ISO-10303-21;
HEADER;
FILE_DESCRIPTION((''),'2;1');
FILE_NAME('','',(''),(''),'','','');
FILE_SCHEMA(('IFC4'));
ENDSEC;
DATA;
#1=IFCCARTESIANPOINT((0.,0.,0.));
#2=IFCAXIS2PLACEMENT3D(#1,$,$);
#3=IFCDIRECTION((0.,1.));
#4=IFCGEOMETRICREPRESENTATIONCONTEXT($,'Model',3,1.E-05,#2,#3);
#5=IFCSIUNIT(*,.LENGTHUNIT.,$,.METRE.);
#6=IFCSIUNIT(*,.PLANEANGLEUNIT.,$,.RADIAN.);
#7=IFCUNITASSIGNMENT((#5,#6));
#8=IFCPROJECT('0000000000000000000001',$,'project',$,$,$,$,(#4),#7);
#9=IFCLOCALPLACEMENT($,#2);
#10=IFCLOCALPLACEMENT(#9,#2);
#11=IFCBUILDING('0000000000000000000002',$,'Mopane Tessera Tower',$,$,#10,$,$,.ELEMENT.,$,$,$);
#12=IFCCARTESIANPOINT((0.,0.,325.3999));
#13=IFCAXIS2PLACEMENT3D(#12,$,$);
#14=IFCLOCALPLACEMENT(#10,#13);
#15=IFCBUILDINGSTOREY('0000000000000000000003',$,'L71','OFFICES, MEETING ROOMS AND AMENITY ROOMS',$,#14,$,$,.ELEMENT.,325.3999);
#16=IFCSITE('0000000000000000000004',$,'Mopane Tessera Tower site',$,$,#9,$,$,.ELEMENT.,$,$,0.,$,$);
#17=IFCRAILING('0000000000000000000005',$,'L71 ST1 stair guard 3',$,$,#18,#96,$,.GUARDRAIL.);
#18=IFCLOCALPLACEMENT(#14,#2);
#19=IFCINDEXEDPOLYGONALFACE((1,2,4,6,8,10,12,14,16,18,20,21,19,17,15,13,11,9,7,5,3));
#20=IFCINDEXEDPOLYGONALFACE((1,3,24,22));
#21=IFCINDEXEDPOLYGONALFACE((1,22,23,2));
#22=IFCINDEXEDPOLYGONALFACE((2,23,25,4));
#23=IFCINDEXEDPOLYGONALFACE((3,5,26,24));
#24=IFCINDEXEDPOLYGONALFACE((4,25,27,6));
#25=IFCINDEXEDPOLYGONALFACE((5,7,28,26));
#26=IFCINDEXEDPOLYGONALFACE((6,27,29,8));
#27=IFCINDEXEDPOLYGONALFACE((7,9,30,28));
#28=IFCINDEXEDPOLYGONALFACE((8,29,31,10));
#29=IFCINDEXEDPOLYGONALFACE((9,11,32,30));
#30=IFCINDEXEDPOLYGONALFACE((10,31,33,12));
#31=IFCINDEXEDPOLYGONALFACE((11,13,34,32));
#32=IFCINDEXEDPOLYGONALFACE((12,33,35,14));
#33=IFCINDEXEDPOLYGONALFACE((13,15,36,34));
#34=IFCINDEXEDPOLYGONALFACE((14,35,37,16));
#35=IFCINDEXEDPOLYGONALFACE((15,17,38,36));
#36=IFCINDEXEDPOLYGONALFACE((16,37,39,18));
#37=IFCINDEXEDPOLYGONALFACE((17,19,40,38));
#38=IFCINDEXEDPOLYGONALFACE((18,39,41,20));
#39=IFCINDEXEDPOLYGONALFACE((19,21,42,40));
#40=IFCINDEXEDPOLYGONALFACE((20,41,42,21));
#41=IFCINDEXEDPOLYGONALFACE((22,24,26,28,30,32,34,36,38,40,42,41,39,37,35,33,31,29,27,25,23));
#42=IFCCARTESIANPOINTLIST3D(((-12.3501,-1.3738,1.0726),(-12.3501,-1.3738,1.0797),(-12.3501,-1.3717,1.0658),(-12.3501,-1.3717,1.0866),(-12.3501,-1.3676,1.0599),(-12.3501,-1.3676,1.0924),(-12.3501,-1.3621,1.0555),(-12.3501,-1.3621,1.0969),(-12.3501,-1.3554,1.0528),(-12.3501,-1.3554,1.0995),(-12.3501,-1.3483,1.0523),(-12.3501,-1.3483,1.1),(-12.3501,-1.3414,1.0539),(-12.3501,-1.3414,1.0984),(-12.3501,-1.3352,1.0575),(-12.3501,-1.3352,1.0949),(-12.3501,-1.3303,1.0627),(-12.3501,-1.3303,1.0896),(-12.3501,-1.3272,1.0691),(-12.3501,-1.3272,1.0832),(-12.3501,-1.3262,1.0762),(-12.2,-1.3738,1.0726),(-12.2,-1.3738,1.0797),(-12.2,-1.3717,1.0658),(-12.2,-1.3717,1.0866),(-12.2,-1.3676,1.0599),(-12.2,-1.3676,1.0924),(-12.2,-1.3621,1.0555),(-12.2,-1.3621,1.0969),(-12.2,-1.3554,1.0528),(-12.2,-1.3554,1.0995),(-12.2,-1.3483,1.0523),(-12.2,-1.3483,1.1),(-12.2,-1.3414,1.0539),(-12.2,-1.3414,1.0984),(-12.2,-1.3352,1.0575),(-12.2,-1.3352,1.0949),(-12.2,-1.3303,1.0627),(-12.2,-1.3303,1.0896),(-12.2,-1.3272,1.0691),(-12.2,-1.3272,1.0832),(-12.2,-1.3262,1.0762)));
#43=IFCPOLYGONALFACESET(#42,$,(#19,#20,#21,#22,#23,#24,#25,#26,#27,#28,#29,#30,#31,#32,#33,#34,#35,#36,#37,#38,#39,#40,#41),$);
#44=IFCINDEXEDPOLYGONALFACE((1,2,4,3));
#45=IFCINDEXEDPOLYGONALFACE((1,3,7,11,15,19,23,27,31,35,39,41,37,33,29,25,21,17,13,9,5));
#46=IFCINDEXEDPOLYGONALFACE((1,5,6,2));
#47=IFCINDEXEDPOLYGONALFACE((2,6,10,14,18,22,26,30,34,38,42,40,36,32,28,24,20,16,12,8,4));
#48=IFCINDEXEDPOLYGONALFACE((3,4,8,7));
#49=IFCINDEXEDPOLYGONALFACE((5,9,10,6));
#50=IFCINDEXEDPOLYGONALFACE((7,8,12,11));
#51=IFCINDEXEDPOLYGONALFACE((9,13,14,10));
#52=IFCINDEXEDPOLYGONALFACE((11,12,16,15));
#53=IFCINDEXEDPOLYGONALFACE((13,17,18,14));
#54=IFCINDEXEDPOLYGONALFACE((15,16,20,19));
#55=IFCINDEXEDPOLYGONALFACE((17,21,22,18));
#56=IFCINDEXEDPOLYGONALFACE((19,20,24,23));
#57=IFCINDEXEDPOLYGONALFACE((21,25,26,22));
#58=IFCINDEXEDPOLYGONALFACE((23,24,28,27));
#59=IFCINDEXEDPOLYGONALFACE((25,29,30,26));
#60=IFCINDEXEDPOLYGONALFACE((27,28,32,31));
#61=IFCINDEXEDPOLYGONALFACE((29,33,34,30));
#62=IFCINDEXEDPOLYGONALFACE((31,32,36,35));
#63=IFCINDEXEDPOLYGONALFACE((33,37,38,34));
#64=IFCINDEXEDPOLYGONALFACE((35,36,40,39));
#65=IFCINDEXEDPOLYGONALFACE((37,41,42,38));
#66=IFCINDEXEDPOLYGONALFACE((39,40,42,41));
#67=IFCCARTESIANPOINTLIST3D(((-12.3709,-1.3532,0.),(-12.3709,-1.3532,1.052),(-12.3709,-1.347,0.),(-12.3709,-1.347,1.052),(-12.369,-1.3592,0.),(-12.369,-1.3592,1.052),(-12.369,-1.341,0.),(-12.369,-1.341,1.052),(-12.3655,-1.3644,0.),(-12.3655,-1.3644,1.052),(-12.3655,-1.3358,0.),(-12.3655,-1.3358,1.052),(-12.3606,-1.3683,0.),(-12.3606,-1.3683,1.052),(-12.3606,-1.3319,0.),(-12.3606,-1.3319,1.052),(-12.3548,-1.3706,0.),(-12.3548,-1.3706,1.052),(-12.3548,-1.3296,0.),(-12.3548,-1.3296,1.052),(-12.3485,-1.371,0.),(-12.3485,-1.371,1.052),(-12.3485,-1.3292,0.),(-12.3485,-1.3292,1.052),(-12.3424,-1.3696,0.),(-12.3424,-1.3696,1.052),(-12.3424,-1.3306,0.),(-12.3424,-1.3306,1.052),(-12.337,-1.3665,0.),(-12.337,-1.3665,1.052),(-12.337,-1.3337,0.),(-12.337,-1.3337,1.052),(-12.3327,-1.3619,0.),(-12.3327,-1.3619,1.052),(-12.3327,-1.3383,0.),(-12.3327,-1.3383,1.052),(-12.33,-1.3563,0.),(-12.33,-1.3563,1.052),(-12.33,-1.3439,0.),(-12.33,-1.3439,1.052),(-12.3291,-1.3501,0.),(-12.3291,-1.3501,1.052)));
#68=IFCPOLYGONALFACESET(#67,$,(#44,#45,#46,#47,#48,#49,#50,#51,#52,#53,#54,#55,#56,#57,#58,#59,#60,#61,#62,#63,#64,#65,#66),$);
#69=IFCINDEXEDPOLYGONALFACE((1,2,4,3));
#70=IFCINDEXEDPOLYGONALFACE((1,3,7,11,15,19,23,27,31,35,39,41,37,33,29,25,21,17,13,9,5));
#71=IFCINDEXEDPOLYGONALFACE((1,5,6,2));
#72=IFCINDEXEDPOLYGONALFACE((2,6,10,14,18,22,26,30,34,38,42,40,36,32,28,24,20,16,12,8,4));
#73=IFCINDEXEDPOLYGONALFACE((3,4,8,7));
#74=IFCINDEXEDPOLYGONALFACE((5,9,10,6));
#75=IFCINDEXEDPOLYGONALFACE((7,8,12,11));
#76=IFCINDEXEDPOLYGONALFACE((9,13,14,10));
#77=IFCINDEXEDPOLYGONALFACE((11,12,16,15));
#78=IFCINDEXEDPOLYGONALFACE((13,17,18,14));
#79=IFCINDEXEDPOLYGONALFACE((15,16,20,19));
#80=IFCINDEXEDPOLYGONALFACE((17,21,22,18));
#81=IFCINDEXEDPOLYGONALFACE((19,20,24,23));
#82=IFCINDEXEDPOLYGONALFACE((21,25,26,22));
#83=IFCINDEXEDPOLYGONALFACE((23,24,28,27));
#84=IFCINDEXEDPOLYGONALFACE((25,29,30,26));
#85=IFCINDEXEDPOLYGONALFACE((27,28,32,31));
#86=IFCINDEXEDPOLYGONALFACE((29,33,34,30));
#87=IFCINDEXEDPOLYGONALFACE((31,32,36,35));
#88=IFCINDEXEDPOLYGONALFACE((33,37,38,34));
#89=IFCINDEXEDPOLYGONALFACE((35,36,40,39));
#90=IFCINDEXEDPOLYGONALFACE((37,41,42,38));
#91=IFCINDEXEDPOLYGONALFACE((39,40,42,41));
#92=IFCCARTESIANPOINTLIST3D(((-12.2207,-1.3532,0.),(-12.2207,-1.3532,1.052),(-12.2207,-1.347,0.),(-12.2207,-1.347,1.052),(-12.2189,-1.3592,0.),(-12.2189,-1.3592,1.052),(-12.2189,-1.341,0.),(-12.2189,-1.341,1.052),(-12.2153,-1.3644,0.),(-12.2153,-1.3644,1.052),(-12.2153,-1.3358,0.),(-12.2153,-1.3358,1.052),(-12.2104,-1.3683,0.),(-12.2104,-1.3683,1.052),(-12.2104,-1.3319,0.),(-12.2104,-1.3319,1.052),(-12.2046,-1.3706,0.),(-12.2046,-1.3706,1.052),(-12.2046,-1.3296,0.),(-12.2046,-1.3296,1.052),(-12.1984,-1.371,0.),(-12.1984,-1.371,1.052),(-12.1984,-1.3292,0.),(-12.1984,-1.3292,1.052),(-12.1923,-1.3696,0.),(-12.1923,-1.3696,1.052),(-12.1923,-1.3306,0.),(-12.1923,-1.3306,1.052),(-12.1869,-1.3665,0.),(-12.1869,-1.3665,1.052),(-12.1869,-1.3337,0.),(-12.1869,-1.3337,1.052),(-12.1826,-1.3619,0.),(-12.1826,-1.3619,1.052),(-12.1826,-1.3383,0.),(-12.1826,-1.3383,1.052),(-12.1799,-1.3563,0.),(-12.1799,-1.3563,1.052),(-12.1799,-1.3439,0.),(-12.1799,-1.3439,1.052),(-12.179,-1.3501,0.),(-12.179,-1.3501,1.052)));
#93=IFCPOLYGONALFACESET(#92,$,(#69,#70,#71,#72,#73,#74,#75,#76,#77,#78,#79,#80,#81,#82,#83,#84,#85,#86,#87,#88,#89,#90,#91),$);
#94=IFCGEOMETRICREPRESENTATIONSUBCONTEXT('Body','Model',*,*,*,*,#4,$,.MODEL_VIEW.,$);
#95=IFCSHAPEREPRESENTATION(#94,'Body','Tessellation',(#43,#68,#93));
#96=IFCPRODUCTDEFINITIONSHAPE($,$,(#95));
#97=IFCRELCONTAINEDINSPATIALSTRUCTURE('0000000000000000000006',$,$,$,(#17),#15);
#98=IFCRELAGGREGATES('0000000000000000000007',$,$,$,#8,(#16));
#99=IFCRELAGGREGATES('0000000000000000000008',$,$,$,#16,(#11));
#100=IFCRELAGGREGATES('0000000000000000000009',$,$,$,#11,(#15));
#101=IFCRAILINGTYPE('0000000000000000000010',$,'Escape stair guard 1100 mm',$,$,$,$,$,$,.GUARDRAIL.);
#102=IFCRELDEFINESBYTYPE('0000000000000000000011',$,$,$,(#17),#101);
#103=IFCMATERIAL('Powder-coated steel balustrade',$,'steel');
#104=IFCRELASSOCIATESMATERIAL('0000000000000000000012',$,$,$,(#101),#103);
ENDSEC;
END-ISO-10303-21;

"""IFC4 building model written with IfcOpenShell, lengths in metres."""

from ifc_helpers import new_model, si_unit, direction, frame, origin, origin_2d, place, context, subcontext, project, spatial, circle, extrude, material, type_object, element, save


model = new_model("IFC4")

# Units and contexts
model_context = context("Model", 3, precision=1e-05, world=origin(), true_north=direction((0.0, 1.0)))
body_context = subcontext(model_context, "Body", "Model", "MODEL_VIEW")
ifc_project = project(units=[si_unit("LENGTHUNIT", "METRE"), si_unit("PLANEANGLEUNIT", "RADIAN")], contexts=[model_context])

# Site, building, storey
site_placement = place(None, origin())
site = spatial("IfcSite", under=ifc_project, at=site_placement, Name="Mopane Tessera Tower site", CompositionType="ELEMENT", RefElevation=0.0)
building_placement = place(site_placement, origin())
building = spatial("IfcBuilding", under=site, at=building_placement, Name="Mopane Tessera Tower", CompositionType="ELEMENT")
storey_placement = place(building_placement, frame((0.0, 0.0, 325.3999)))
storey = spatial("IfcBuildingStorey", under=building, at=storey_placement, Name="L71", Description="OFFICES, MEETING ROOMS AND AMENITY ROOMS", CompositionType="ELEMENT", Elevation=325.3999)

# Railing
ifc_material_1 = material(Name="Powder-coated steel balustrade", Category="steel")
railing_type_1 = type_object("IfcRailingType", Name="Escape stair guard 1100 mm", PredefinedType="GUARDRAIL", material=ifc_material_1)
railing_1_placement = place(storey_placement, frame((-12.3501, -1.3501, 0.0)))
element("IfcRailing", 1, at=railing_1_placement, inside=storey, type_object=railing_type_1, Name="L71 ST1 stair guard 3", PredefinedType="GUARDRAIL", context=body_context, shape_type="SweptSolid", body=[
    extrude(circle(Radius=0.0239, at=origin_2d()), frame((0.0, 0.0, 1.0762), z_axis=(1.0, 0.0, 0.0), x_axis=(0.0, 1.0, 0.0)), (0.0, 0.0, 1.0), 0.1501),
    extrude(circle(Radius=0.021, at=origin_2d()), origin(), (0.0, 0.0, 1.0), 1.052),
    extrude(circle(Radius=0.021, at=origin_2d()), frame((0.1501, 0.0, 0.0)), (0.0, 0.0, 1.0), 1.052),
])

save(model, "model.ifc")
